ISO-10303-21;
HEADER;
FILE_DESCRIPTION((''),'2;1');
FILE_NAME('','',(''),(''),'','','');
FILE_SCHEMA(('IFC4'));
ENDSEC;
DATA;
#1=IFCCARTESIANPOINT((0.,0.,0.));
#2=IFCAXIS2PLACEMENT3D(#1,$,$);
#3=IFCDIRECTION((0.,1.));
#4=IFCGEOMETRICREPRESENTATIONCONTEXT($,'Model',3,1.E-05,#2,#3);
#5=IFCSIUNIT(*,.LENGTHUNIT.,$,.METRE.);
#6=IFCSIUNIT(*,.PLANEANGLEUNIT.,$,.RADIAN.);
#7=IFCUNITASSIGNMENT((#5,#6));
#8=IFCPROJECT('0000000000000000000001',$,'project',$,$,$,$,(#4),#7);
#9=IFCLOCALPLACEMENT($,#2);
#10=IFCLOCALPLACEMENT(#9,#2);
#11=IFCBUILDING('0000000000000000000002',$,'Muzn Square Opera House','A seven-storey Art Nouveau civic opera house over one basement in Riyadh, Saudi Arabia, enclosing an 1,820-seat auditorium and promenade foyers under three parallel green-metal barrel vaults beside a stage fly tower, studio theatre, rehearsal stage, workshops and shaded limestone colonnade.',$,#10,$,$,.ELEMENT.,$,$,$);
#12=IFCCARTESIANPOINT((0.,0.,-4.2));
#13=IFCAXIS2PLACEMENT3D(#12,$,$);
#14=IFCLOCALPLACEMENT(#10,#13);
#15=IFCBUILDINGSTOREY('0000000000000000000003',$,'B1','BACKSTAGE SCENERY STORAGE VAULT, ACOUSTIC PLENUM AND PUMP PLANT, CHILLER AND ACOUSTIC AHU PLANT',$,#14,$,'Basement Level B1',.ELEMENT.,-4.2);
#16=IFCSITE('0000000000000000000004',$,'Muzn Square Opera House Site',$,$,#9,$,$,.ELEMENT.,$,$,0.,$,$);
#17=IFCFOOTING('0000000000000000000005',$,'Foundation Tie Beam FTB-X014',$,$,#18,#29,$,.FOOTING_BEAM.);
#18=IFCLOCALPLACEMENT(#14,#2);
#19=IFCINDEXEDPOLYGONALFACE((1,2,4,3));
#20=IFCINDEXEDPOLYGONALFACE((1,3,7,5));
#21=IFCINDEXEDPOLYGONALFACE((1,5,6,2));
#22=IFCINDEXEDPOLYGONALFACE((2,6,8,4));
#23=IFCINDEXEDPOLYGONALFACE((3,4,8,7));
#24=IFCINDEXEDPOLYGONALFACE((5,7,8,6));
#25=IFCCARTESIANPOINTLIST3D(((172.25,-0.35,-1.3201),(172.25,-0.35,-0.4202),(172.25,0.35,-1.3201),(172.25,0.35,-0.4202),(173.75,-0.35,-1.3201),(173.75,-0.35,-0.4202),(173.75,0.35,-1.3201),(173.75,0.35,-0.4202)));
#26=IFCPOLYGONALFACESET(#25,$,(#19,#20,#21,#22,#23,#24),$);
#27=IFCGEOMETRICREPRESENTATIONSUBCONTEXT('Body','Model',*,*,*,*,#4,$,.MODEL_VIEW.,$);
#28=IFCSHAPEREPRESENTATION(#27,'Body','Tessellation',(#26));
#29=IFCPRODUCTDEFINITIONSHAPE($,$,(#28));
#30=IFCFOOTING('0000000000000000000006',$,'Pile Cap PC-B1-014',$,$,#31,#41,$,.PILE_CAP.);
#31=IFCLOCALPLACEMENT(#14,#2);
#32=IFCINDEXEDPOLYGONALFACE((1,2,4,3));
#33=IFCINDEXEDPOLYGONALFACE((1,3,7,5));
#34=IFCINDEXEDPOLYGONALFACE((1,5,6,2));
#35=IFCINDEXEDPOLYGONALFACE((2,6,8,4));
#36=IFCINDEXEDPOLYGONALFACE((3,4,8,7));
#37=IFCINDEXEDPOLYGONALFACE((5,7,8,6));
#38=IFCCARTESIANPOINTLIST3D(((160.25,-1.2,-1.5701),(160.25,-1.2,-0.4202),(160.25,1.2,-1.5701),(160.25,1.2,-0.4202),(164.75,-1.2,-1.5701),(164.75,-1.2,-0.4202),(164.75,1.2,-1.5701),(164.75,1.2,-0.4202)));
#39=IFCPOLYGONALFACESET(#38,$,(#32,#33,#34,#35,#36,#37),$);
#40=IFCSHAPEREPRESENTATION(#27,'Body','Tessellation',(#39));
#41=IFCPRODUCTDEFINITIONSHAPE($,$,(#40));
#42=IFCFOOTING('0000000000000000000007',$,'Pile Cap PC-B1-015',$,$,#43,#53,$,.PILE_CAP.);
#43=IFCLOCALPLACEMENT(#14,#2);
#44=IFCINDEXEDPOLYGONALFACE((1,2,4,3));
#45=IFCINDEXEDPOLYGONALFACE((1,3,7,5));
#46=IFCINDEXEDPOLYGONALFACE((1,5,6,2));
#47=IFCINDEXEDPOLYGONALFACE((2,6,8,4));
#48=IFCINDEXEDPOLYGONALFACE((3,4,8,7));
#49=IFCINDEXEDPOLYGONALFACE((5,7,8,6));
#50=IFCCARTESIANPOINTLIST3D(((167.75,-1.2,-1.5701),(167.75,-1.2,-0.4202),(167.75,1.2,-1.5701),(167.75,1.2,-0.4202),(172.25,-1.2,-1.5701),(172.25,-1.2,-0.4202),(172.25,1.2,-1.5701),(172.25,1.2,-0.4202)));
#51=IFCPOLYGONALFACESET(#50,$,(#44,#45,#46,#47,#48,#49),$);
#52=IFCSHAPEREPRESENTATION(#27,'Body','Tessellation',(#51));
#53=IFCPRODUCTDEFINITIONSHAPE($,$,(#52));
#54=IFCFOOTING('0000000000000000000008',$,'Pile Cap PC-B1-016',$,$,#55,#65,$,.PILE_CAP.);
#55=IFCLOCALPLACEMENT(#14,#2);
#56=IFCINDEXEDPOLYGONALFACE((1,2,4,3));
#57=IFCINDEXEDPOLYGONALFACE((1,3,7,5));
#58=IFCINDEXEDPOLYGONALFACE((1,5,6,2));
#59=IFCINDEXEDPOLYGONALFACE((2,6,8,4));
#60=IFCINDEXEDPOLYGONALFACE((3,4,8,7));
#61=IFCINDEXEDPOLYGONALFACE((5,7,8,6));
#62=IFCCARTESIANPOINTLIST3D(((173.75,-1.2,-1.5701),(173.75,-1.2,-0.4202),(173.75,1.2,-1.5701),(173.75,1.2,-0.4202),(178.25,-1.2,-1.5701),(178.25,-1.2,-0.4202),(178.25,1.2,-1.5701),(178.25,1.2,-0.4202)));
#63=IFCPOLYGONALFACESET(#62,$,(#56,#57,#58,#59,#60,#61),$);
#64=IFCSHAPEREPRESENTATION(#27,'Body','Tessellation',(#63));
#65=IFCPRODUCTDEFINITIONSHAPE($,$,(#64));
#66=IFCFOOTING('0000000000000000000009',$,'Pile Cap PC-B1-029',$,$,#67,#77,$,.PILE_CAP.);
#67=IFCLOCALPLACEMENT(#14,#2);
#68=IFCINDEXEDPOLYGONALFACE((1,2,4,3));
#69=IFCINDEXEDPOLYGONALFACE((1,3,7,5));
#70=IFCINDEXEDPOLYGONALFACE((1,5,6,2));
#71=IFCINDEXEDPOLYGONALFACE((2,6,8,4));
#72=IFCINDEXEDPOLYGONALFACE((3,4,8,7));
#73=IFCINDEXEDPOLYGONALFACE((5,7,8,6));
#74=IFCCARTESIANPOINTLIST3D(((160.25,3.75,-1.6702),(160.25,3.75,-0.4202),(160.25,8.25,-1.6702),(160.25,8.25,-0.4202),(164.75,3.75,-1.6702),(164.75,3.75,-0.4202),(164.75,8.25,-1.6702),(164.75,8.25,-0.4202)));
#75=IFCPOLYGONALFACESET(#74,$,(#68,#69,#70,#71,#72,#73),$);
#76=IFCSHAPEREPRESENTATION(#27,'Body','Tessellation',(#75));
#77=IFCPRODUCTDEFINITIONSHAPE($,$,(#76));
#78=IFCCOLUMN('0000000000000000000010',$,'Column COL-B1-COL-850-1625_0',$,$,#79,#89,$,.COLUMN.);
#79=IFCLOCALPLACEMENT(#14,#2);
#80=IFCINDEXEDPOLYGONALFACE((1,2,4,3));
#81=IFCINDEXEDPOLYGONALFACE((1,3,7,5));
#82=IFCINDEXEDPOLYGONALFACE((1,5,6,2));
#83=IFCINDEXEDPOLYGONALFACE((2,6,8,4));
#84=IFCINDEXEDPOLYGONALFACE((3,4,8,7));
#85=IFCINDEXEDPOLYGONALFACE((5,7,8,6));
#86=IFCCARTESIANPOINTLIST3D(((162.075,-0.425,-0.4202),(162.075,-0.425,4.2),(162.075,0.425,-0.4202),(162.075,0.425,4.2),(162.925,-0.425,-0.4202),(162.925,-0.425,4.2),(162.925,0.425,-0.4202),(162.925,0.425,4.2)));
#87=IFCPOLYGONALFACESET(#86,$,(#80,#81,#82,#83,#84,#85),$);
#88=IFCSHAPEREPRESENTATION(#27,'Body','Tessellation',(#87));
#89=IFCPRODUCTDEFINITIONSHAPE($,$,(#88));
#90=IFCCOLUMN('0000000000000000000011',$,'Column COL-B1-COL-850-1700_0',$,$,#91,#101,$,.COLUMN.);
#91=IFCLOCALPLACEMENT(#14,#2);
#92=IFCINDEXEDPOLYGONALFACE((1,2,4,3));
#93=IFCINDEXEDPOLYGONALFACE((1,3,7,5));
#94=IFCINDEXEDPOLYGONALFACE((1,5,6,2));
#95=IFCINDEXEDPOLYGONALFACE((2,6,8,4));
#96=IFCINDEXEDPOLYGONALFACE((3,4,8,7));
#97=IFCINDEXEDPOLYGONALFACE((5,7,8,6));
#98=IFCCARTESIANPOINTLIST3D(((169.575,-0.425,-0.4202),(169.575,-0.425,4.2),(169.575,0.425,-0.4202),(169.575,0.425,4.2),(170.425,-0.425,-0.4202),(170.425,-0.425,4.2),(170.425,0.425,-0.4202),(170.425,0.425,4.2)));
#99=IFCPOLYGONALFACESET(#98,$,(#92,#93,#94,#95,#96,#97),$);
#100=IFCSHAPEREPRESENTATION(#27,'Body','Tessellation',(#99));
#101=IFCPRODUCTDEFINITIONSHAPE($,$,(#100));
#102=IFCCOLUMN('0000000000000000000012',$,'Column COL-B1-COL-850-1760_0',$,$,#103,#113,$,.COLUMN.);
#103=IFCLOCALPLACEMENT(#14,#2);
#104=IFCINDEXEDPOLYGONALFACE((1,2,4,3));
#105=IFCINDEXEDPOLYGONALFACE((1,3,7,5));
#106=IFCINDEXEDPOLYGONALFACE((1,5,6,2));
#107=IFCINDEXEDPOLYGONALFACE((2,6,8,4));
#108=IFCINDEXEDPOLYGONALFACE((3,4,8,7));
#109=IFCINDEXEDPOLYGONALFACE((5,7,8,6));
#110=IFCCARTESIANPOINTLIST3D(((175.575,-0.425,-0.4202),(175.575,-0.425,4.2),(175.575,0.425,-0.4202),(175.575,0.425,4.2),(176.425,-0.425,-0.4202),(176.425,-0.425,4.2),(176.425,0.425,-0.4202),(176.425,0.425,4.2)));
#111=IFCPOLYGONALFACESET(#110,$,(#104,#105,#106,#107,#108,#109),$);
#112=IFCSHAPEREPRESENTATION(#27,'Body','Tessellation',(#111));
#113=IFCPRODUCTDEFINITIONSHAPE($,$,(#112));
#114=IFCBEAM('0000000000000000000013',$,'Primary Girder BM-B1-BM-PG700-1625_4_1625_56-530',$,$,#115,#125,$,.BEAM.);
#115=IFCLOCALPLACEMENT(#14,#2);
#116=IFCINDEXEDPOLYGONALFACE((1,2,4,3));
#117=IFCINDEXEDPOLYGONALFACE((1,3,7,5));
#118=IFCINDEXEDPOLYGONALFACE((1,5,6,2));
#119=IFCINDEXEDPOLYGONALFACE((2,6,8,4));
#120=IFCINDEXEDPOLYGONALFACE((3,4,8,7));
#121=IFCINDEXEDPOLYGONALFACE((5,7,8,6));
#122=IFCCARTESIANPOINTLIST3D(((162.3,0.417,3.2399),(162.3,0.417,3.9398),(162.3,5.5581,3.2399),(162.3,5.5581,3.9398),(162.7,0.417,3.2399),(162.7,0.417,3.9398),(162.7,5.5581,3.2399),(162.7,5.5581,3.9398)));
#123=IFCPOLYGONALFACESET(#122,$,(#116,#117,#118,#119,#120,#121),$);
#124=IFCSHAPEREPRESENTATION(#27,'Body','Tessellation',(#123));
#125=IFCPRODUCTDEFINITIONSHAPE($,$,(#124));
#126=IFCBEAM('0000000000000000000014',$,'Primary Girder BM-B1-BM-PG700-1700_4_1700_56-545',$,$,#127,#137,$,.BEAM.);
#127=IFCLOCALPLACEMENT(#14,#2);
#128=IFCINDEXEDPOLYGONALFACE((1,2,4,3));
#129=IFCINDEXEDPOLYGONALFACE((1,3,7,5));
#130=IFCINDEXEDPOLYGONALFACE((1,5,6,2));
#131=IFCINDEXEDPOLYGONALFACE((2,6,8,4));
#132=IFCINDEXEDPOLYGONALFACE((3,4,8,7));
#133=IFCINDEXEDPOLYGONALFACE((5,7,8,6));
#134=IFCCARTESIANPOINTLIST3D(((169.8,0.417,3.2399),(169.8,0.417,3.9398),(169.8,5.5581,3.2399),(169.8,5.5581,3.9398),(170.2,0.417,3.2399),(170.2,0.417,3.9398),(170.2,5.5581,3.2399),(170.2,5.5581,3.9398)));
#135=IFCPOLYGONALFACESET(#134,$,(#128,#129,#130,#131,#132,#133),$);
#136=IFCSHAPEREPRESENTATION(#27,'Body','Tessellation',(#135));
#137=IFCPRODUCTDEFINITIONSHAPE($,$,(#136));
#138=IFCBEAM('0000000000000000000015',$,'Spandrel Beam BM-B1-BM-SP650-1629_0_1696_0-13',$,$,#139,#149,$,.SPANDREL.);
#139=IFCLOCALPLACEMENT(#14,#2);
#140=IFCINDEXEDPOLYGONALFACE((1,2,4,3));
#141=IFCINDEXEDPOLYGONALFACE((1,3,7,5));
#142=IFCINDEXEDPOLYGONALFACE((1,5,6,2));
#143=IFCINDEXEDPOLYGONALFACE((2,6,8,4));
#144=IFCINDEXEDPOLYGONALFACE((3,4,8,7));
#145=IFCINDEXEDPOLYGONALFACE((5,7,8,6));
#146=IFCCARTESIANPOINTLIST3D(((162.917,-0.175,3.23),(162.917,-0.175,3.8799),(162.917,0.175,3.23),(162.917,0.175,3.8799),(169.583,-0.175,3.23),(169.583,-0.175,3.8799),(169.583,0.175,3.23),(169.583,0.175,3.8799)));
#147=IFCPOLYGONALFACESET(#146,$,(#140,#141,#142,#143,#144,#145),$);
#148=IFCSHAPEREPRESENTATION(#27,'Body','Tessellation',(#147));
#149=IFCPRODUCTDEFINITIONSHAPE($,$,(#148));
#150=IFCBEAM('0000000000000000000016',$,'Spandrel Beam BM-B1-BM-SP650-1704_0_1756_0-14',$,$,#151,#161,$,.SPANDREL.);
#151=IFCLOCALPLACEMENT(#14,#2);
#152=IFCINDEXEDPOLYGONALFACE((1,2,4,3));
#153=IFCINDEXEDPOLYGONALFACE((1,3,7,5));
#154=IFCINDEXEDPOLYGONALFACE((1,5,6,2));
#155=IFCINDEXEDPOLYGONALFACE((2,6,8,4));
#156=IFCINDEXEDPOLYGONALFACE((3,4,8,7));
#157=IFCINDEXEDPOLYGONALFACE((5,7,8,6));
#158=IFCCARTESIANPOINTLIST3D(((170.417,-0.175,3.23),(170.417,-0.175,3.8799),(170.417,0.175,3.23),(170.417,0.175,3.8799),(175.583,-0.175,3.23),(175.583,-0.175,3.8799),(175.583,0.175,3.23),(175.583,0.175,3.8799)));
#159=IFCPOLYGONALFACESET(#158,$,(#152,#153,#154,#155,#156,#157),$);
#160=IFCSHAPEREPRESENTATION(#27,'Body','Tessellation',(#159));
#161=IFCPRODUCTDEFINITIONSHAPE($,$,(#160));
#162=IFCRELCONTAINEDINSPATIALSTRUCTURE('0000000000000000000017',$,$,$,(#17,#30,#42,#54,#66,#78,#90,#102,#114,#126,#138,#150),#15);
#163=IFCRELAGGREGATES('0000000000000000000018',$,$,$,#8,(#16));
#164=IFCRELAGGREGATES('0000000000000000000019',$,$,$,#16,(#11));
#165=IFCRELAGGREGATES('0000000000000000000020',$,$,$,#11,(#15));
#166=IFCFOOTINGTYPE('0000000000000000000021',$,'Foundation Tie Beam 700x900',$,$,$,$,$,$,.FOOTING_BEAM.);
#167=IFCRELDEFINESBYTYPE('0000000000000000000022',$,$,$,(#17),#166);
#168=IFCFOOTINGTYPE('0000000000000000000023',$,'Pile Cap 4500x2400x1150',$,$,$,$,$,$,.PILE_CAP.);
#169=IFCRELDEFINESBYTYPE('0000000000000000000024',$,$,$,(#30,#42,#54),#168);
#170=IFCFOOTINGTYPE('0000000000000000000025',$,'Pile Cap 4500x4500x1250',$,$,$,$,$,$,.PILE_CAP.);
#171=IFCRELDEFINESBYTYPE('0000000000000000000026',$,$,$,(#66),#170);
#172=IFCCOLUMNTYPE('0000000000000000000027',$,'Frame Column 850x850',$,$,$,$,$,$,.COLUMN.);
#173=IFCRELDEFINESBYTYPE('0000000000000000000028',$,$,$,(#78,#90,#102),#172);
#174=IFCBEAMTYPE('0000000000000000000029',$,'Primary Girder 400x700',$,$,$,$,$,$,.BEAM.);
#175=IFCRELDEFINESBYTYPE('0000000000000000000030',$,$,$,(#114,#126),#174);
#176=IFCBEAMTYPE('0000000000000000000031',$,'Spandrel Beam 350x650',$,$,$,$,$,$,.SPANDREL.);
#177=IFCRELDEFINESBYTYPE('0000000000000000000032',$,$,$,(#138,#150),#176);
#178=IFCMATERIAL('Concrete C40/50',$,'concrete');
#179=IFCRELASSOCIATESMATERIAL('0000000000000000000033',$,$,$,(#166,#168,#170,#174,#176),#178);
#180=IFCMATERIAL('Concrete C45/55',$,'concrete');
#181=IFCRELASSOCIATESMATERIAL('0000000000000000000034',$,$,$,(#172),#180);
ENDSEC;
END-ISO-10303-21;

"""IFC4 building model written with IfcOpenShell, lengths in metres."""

from ifc_helpers import new_model, si_unit, direction, frame, origin, origin_2d, place, context, subcontext, project, spatial, rectangle, extrude, material, material_profile, profile_set, type_object, element, save


model = new_model("IFC4")

# Units and contexts
model_context = context("Model", 3, precision=1e-05, world=origin(), true_north=direction((0.0, 1.0)))
body_context = subcontext(model_context, "Body", "Model", "MODEL_VIEW")
ifc_project = project(units=[si_unit("LENGTHUNIT", "METRE"), si_unit("PLANEANGLEUNIT", "RADIAN")], contexts=[model_context])

# Site, building, storey
site_placement = place(None, origin())
site = spatial("IfcSite", under=ifc_project, at=site_placement, Name="Muzn Square Opera House Site", CompositionType="ELEMENT", RefElevation=0.0)
building_placement = place(site_placement, origin())
building = spatial("IfcBuilding", under=site, at=building_placement, Name="Muzn Square Opera House", Description="A seven-storey Art Nouveau civic opera house over one basement in Riyadh, Saudi Arabia, enclosing an 1,820-seat auditorium and promenade foyers under three parallel green-metal barrel vaults beside a stage fly tower, studio theatre, rehearsal stage, workshops and shaded limestone colonnade.", CompositionType="ELEMENT")
storey_placement = place(building_placement, frame((0.0, 0.0, -4.2)))
storey = spatial("IfcBuildingStorey", under=building, at=storey_placement, Name="B1", Description="BACKSTAGE SCENERY STORAGE VAULT, ACOUSTIC PLENUM AND PUMP PLANT, CHILLER AND ACOUSTIC AHU PLANT", LongName="Basement Level B1", CompositionType="ELEMENT", Elevation=-4.2)

# Shared definitions
ifc_material_1 = material(Name="Concrete C40/50", Category="concrete")

# Footings
ifc_material_profile_1 = material_profile(ifc_material_1, rectangle(XDim=0.7, YDim=0.8999, at=origin_2d()), Name="RCTB 700x900", Category="concrete")
ifc_profile_set_1 = profile_set([ifc_material_profile_1], Name="Concrete C40/50")
footing_type_1 = type_object("IfcFootingType", Name="Foundation Tie Beam 700x900", PredefinedType="FOOTING_BEAM", material=ifc_profile_set_1)
footing_1_placement = place(storey_placement, frame((172.25, 0.0, -0.8701), z_axis=(1.0, 0.0, 0.0), x_axis=(0.0, 1.0, 0.0)))
element("IfcFooting", 1, at=footing_1_placement, inside=storey, type_object=footing_type_1, Name="Foundation Tie Beam FTB-X014", PredefinedType="FOOTING_BEAM", context=body_context, shape_type="SweptSolid", body=[
    extrude(rectangle(XDim=0.7, YDim=0.8999, at=origin_2d()), origin(), (0.0, 0.0, 1.0), 1.5),
])
footing_type_2 = type_object("IfcFootingType", Name="Pile Cap 4500x2400x1150", PredefinedType="PILE_CAP", material=ifc_material_1)
for number, where, z_axis, x_axis, name in (
    (2, (162.5, 0.0, -1.5701), (0.0, 0.0, 1.0), (1.0, 0.0, 0.0), "Pile Cap PC-B1-014"),
    (3, (170.0, 0.0, -1.5701), (0.0, 0.0, 1.0), (1.0, 0.0, 0.0), "Pile Cap PC-B1-015"),
    (4, (176.0, 0.0, -1.5701), (0.0, 0.0, 1.0), (1.0, 0.0, 0.0), "Pile Cap PC-B1-016"),
):
    element("IfcFooting", number, at=place(storey_placement, frame(where, z_axis=z_axis, x_axis=x_axis)), inside=storey, type_object=footing_type_2, Name=name, PredefinedType="PILE_CAP", context=body_context, shape_type="SweptSolid", body=[
        extrude(rectangle(XDim=4.5, YDim=2.3999, at=origin_2d()), origin(), (0.0, 0.0, 1.0), 1.1499),
    ])
footing_type_3 = type_object("IfcFootingType", Name="Pile Cap 4500x4500x1250", PredefinedType="PILE_CAP", material=ifc_material_1)
footing_2_placement = place(storey_placement, frame((162.5, 6.0, -1.6702), z_axis=(0.0, 0.0, 1.0), x_axis=(1.0, 0.0, 0.0)))
element("IfcFooting", 5, at=footing_2_placement, inside=storey, type_object=footing_type_3, Name="Pile Cap PC-B1-029", PredefinedType="PILE_CAP", context=body_context, shape_type="SweptSolid", body=[
    extrude(rectangle(XDim=4.5, YDim=4.5, at=origin_2d()), origin(), (0.0, 0.0, 1.0), 1.25),
])

# Columns
ifc_material_2 = material(Name="Concrete C45/55", Category="concrete")
ifc_material_profile_2 = material_profile(ifc_material_2, rectangle(XDim=0.8501, YDim=0.8501, at=origin_2d()), Name="RC 850x850", Category="concrete")
ifc_profile_set_2 = profile_set([ifc_material_profile_2], Name="Concrete C45/55")
column_type = type_object("IfcColumnType", Name="Frame Column 850x850", PredefinedType="COLUMN", material=ifc_profile_set_2)
for number, where, z_axis, x_axis, name in (
    (6, (162.5, 0.0, -0.4202), (0.0, 0.0, 1.0), (1.0, 0.0, 0.0), "Column COL-B1-COL-850-1625_0"),
    (7, (170.0, 0.0, -0.4202), (0.0, 0.0, 1.0), (1.0, 0.0, 0.0), "Column COL-B1-COL-850-1700_0"),
    (8, (176.0, 0.0, -0.4202), (0.0, 0.0, 1.0), (1.0, 0.0, 0.0), "Column COL-B1-COL-850-1760_0"),
):
    element("IfcColumn", number, at=place(storey_placement, frame(where, z_axis=z_axis, x_axis=x_axis)), inside=storey, type_object=column_type, Name=name, PredefinedType="COLUMN", context=body_context, shape_type="SweptSolid", body=[
        extrude(rectangle(XDim=0.8501, YDim=0.8501, at=origin_2d()), origin(), (0.0, 0.0, 1.0), 4.6201),
    ])

# Beams
ifc_material_profile_3 = material_profile(ifc_material_1, rectangle(XDim=0.3999, YDim=0.7, at=origin_2d()), Name="RCB 400x700", Category="concrete")
ifc_profile_set_3 = profile_set([ifc_material_profile_3], Name="Concrete C40/50")
beam_type_1 = type_object("IfcBeamType", Name="Primary Girder 400x700", PredefinedType="BEAM", material=ifc_profile_set_3)
for number, where, z_axis, x_axis, name in (
    (9, (162.5, 0.417, 3.5898), (0.0, 1.0, 0.0), (-1.0, 0.0, 0.0), "Primary Girder BM-B1-BM-PG700-1625_4_1625_56-530"),
    (10, (170.0, 0.417, 3.5898), (0.0, 1.0, 0.0), (-1.0, 0.0, 0.0), "Primary Girder BM-B1-BM-PG700-1700_4_1700_56-545"),
):
    element("IfcBeam", number, at=place(storey_placement, frame(where, z_axis=z_axis, x_axis=x_axis)), inside=storey, type_object=beam_type_1, Name=name, PredefinedType="BEAM", context=body_context, shape_type="SweptSolid", body=[
        extrude(rectangle(XDim=0.3999, YDim=0.7, at=origin_2d()), origin(), (0.0, 0.0, 1.0), 5.1411),
    ])
ifc_material_profile_4 = material_profile(ifc_material_1, rectangle(XDim=0.3501, YDim=0.6499, at=origin_2d()), Name="RCS 350x650", Category="concrete")
ifc_profile_set_4 = profile_set([ifc_material_profile_4], Name="Concrete C40/50")
beam_type_2 = type_object("IfcBeamType", Name="Spandrel Beam 350x650", PredefinedType="SPANDREL", material=ifc_profile_set_4)
beam_1_placement = place(storey_placement, frame((162.917, 0.0, 3.5549), z_axis=(1.0, 0.0, 0.0), x_axis=(0.0, 1.0, 0.0)))
element("IfcBeam", 11, at=beam_1_placement, inside=storey, type_object=beam_type_2, Name="Spandrel Beam BM-B1-BM-SP650-1629_0_1696_0-13", PredefinedType="SPANDREL", context=body_context, shape_type="SweptSolid", body=[
    extrude(rectangle(XDim=0.3501, YDim=0.6499, at=origin_2d()), origin(), (0.0, 0.0, 1.0), 6.666),
])
beam_2_placement = place(storey_placement, frame((170.417, 0.0, 3.5549), z_axis=(1.0, 0.0, 0.0), x_axis=(0.0, 1.0, 0.0)))
element("IfcBeam", 12, at=beam_2_placement, inside=storey, type_object=beam_type_2, Name="Spandrel Beam BM-B1-BM-SP650-1704_0_1756_0-14", PredefinedType="SPANDREL", context=body_context, shape_type="SweptSolid", body=[
    extrude(rectangle(XDim=0.3501, YDim=0.6499, at=origin_2d()), origin(), (0.0, 0.0, 1.0), 5.166),
])

save(model, "model.ifc")
